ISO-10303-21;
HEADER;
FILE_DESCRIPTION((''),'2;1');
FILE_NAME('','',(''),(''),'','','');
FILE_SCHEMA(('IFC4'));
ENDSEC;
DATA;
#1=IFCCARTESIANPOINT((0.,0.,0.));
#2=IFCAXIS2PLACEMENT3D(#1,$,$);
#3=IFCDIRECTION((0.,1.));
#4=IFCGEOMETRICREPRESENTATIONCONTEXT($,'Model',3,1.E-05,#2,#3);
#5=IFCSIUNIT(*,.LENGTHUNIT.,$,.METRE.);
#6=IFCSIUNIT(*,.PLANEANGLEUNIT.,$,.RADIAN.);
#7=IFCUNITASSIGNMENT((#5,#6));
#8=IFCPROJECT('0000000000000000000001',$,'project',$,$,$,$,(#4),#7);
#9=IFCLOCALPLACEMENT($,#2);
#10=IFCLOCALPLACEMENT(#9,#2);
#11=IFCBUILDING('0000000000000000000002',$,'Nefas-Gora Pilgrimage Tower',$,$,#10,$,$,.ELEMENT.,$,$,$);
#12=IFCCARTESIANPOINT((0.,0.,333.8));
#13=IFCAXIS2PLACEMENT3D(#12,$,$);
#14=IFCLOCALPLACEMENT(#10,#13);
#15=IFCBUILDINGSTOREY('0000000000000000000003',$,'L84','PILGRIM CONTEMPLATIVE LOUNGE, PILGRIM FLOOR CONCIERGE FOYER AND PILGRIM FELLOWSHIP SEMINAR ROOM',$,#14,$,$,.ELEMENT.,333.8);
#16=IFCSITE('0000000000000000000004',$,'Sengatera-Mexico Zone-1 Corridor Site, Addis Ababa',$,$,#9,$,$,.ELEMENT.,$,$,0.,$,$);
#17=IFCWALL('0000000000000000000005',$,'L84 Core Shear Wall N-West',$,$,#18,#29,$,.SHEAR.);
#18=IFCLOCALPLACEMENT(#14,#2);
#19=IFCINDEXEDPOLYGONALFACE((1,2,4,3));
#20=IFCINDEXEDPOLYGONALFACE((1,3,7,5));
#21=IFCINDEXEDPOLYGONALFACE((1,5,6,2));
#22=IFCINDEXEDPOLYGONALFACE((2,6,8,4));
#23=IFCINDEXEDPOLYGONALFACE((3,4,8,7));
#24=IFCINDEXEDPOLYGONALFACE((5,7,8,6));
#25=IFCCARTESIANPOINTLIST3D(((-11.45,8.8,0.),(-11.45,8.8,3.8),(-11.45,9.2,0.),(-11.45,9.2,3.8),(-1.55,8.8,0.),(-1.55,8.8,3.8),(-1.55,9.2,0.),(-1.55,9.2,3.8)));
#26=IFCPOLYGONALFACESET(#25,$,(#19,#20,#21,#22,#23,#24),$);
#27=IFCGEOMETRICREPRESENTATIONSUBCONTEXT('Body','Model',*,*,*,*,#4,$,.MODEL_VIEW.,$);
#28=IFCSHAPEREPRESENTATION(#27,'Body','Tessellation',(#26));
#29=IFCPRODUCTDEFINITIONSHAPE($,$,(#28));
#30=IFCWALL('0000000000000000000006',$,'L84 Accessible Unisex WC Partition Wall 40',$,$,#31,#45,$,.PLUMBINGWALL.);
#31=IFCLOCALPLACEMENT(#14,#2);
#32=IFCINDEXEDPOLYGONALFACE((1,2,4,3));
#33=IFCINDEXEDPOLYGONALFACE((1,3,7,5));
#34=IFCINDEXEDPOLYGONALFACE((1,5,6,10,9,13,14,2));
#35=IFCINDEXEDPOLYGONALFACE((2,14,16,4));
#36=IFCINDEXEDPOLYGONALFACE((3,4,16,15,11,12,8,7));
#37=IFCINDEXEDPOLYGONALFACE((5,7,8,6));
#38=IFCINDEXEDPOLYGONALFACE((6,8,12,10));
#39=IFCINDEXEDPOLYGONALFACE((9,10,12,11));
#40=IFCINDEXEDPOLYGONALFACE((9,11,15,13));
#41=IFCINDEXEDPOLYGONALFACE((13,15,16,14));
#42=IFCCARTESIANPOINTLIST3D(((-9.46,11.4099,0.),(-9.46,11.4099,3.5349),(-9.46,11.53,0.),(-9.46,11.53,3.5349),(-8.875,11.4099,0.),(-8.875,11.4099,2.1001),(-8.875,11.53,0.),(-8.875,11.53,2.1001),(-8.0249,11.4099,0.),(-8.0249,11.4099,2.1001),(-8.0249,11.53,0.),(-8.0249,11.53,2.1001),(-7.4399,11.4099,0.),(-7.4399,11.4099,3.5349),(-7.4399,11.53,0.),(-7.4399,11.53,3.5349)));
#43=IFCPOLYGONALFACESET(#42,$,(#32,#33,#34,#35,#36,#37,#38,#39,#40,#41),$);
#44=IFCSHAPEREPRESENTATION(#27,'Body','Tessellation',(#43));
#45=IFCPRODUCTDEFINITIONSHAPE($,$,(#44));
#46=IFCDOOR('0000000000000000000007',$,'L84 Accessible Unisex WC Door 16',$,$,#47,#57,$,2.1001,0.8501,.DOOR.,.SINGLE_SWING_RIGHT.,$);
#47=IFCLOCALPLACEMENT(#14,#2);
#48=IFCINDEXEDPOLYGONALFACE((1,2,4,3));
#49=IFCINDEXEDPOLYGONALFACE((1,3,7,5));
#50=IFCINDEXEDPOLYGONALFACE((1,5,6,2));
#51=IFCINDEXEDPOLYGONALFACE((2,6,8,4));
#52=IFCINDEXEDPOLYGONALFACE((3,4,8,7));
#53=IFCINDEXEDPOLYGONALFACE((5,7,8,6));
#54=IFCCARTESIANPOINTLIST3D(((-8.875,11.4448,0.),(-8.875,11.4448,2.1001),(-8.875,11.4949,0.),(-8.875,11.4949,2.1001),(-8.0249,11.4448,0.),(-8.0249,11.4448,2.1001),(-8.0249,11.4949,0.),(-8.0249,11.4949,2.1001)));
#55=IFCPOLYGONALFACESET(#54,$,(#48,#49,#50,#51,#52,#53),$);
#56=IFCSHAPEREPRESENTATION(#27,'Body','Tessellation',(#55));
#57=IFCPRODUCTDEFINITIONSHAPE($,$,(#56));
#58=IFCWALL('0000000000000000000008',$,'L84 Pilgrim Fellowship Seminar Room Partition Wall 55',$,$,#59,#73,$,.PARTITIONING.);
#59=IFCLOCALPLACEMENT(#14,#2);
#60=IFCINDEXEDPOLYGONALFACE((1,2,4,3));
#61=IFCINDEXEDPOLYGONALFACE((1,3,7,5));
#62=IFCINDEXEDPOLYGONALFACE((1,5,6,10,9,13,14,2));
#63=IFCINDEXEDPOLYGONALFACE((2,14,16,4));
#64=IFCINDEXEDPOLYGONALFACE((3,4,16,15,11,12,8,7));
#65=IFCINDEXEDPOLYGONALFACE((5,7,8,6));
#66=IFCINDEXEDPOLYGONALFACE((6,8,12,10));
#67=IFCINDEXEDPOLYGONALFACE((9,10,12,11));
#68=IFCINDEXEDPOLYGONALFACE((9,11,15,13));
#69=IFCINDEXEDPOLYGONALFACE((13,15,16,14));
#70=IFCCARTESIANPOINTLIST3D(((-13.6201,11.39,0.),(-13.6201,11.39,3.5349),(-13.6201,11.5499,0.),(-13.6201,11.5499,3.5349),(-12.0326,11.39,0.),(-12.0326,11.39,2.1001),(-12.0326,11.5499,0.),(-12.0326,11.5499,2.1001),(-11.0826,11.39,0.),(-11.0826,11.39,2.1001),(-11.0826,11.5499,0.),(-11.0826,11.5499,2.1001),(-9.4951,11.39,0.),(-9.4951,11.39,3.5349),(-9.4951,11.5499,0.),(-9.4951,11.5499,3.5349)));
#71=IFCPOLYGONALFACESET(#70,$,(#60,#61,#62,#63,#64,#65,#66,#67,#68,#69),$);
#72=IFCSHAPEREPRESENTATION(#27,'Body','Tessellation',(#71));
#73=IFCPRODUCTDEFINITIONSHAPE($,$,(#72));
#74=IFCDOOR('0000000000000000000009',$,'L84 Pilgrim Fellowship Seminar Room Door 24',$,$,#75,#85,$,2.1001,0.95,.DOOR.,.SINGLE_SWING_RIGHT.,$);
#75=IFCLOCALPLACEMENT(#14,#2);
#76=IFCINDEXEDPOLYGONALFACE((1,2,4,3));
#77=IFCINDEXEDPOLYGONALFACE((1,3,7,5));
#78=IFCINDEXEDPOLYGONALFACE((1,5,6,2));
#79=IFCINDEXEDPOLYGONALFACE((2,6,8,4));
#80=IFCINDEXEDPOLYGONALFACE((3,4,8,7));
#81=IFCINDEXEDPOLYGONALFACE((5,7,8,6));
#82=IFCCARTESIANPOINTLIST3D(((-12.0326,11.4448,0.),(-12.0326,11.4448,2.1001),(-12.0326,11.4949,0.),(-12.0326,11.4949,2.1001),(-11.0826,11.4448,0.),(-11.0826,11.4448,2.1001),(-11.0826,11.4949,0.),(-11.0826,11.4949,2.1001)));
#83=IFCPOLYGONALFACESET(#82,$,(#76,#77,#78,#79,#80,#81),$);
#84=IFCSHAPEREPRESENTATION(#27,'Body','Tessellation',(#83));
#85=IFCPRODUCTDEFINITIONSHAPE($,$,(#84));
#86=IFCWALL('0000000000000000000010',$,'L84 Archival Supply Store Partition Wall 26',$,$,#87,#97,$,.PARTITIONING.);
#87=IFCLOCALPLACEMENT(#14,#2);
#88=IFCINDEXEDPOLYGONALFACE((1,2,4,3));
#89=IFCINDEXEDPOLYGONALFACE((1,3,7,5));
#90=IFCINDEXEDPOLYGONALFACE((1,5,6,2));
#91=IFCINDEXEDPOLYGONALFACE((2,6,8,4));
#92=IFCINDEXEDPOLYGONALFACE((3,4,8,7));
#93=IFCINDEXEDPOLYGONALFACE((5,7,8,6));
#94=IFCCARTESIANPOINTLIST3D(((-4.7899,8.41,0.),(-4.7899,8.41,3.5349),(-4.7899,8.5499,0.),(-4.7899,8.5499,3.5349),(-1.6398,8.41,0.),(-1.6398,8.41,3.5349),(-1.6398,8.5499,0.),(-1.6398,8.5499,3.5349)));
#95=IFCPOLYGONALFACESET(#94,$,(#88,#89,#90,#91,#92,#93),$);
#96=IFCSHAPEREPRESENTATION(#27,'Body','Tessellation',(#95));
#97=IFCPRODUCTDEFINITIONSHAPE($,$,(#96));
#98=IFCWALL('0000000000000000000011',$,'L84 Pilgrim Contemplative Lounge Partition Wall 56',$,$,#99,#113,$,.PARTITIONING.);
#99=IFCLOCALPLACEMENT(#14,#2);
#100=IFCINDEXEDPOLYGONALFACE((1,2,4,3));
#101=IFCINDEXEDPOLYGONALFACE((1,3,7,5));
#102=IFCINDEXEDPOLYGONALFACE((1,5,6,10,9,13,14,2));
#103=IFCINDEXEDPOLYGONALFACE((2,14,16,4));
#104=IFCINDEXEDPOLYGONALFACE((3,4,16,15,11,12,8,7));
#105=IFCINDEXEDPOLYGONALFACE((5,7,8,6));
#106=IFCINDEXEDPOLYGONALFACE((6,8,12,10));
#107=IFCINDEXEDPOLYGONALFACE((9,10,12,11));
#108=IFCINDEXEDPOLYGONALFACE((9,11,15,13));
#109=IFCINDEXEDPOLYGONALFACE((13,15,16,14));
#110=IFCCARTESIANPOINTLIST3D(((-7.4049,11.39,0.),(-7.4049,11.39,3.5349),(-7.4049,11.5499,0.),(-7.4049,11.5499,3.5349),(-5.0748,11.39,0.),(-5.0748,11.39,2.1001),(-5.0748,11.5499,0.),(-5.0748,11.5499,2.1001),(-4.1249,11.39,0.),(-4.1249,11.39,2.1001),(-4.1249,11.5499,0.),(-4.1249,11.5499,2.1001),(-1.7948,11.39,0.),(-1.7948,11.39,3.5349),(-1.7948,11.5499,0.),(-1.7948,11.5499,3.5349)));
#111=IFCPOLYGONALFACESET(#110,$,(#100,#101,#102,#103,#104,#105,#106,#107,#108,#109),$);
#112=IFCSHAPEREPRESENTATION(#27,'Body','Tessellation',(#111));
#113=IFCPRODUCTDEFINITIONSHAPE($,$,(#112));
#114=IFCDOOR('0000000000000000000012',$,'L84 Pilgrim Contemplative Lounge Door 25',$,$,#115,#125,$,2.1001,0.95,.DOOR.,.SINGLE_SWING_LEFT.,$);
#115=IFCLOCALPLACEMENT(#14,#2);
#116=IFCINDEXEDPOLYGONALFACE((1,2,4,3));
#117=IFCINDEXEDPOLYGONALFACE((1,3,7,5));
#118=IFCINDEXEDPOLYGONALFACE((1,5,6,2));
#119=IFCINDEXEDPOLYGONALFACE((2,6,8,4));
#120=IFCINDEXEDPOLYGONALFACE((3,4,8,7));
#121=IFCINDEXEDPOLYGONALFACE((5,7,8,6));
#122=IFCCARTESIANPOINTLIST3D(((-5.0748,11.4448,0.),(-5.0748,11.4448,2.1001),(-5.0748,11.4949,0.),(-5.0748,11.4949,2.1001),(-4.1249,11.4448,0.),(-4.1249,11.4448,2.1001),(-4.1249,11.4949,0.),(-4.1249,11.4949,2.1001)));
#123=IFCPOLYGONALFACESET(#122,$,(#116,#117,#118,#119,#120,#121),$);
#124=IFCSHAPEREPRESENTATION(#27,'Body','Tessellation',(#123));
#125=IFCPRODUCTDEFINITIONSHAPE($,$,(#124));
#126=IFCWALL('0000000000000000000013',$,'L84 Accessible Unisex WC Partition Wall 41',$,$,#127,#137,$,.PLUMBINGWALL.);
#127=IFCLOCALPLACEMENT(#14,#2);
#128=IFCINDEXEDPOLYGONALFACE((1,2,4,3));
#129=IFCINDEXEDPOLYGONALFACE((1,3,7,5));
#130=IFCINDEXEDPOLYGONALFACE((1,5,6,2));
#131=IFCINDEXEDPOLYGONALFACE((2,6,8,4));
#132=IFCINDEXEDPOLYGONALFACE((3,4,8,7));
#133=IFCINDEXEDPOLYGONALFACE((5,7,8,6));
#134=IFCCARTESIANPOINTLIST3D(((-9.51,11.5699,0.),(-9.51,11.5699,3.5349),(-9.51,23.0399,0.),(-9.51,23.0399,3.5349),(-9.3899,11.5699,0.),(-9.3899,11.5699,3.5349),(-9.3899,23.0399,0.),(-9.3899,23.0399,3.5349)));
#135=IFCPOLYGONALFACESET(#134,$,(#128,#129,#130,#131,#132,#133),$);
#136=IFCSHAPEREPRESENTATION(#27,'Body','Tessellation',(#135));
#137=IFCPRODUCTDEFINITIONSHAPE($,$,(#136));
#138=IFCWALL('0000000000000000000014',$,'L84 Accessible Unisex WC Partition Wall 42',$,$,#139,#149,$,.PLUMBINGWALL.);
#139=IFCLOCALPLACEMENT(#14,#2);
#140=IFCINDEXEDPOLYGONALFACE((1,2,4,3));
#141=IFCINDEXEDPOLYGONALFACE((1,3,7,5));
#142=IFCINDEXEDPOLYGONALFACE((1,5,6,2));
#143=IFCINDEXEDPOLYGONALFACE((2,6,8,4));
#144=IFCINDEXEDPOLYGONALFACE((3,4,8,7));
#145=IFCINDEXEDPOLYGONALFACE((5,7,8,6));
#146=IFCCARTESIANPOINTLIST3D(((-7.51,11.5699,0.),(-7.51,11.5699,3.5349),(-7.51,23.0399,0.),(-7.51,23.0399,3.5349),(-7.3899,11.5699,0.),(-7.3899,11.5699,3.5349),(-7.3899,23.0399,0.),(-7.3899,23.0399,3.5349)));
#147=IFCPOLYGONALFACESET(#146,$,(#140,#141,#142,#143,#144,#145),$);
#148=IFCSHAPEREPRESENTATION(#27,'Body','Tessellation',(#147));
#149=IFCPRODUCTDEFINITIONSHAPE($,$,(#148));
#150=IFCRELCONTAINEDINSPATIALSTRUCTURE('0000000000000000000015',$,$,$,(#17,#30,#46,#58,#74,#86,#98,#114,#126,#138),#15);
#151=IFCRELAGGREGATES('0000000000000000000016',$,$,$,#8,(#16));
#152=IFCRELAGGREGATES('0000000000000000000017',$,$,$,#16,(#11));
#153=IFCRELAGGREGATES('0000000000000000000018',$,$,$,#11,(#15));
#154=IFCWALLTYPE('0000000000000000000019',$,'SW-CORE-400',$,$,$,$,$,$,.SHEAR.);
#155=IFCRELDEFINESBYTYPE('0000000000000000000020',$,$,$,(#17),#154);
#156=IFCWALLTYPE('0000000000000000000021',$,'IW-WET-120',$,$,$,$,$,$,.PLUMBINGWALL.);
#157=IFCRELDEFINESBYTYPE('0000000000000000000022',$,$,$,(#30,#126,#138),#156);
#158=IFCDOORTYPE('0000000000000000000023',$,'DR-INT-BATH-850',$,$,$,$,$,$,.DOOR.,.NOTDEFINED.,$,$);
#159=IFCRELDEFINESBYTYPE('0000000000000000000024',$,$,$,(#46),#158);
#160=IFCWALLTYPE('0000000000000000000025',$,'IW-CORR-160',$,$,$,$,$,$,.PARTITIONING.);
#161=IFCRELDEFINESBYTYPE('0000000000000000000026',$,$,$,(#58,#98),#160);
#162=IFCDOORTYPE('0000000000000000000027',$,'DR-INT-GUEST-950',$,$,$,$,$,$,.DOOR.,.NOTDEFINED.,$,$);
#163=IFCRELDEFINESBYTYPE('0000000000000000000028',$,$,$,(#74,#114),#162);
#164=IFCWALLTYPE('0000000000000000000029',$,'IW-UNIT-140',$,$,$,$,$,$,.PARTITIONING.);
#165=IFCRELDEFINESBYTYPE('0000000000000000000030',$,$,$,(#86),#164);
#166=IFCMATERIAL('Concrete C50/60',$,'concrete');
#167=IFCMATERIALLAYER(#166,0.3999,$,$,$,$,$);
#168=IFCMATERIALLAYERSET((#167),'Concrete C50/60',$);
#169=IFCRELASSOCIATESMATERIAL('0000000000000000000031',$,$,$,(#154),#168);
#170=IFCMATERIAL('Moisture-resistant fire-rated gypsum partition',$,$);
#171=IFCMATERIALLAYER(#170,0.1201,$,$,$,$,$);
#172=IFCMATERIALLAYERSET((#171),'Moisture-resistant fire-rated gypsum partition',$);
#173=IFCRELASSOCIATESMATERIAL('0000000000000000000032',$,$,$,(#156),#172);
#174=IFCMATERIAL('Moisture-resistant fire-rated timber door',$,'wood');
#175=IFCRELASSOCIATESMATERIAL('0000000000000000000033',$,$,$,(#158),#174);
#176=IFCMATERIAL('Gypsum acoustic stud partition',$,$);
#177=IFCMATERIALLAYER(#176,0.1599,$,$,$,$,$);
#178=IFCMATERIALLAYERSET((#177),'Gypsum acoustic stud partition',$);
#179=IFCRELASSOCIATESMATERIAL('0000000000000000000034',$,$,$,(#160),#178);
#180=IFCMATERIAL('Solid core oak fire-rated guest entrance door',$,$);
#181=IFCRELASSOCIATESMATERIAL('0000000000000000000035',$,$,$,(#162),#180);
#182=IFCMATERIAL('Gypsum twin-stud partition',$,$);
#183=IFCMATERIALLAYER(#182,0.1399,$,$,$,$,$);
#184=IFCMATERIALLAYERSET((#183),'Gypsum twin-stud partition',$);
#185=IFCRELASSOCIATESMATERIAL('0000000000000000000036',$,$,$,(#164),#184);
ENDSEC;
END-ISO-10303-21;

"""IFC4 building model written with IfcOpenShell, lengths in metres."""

from ifc_helpers import new_model, si_unit, direction, frame, frame_2d, origin, place, context, subcontext, project, spatial, rectangle, extrude, source, transform, mapped, material, layer, layer_set, type_object, element, fill, save


model = new_model("IFC4")

# Units and contexts
model_context = context("Model", 3, precision=1e-05, world=origin(), true_north=direction((0.0, 1.0)))
body_context = subcontext(model_context, "Body", "Model", "MODEL_VIEW")
ifc_project = project(units=[si_unit("LENGTHUNIT", "METRE"), si_unit("PLANEANGLEUNIT", "RADIAN")], contexts=[model_context])

# Site, building, storey
site_placement = place(None, origin())
site = spatial("IfcSite", under=ifc_project, at=site_placement, Name="Sengatera-Mexico Zone-1 Corridor Site, Addis Ababa", CompositionType="ELEMENT", RefElevation=0.0)
building_placement = place(site_placement, origin())
building = spatial("IfcBuilding", under=site, at=building_placement, Name="Nefas-Gora Pilgrimage Tower", CompositionType="ELEMENT")
storey_placement = place(building_placement, frame((0.0, 0.0, 333.8)))
storey = spatial("IfcBuildingStorey", under=building, at=storey_placement, Name="L84", Description="PILGRIM CONTEMPLATIVE LOUNGE, PILGRIM FLOOR CONCIERGE FOYER AND PILGRIM FELLOWSHIP SEMINAR ROOM", CompositionType="ELEMENT", Elevation=333.8)

# Shared definitions
ifc_material_1 = material(Name="Concrete C50/60", Category="concrete")

# Wall
ifc_layer_1 = layer(ifc_material_1, 0.3999)
ifc_layer_set_1 = layer_set([ifc_layer_1], Name="Concrete C50/60")
wall_type_1 = type_object("IfcWallType", Name="SW-CORE-400", PredefinedType="SHEAR", material=ifc_layer_set_1)
shared_shape_1 = source(origin(), body_context, "Body", "SweptSolid", [
    extrude(rectangle(XDim=9.8999, YDim=0.3999, at=frame_2d((4.95, 0.0))), origin(), (0.0, 0.0, 1.0), 3.8),
])
wall_1_placement = place(storey_placement, frame((-11.45, 9.0, 0.0), z_axis=(0.0, 0.0, 1.0), x_axis=(1.0, 0.0, 0.0)))
element("IfcWall", 1, at=wall_1_placement, inside=storey, type_object=wall_type_1, Name="L84 Core Shear Wall N-West", PredefinedType="SHEAR", context=body_context, shape_type="MappedRepresentation", body=[
    mapped(shared_shape_1, transform((0.0, 0.0, 0.0), x_axis=(1.0, 0.0, 0.0), y_axis=(0.0, 1.0, 0.0), z_axis=(0.0, 0.0, 1.0), scale=1.0)),
])

# Walls, openings, doors
ifc_material_2 = material(Name="Moisture-resistant fire-rated gypsum partition")
ifc_layer_2 = layer(ifc_material_2, 0.1201)
ifc_layer_set_2 = layer_set([ifc_layer_2], Name="Moisture-resistant fire-rated gypsum partition")
wall_type_2 = type_object("IfcWallType", Name="IW-WET-120", PredefinedType="PLUMBINGWALL", material=ifc_layer_set_2)
shared_shape_2 = source(origin(), body_context, "Body", "SweptSolid", [
    extrude(rectangle(XDim=2.02, YDim=0.1201, at=frame_2d((1.01, 0.0))), origin(), (0.0, 0.0, 1.0), 3.5349),
])
wall_2_placement = place(storey_placement, frame((-9.46, 11.47, 0.0), z_axis=(0.0, 0.0, 1.0), x_axis=(1.0, 0.0, 0.0)))
wall_2 = element("IfcWall", 2, at=wall_2_placement, inside=storey, type_object=wall_type_2, Name="L84 Accessible Unisex WC Partition Wall 40", PredefinedType="PLUMBINGWALL", context=body_context, shape_type="MappedRepresentation", body=[
    mapped(shared_shape_2, transform((0.0, 0.0, 0.0), x_axis=(1.0, 0.0, 0.0), y_axis=(0.0, 1.0, 0.0), z_axis=(0.0, 0.0, 1.0), scale=1.0)),
])
opening_1_placement = place(wall_2_placement, frame((0.585, 0.0, 0.0)))
opening_1 = element("IfcOpeningElement", 3, at=opening_1_placement, cuts=wall_2, PredefinedType="OPENING", context=body_context, shape_type="SweptSolid", body=[
    extrude(rectangle(XDim=0.8501, YDim=2.1001, at=frame_2d((0.425, 1.05))), frame((0.0, 0.0701, 0.0), z_axis=(0.0, -1.0, 0.0), x_axis=(1.0, 0.0, 0.0)), (0.0, 0.0, 1.0), 0.1401),
])
ifc_material_3 = material(Name="Moisture-resistant fire-rated timber door", Category="wood")
door_type_1 = type_object("IfcDoorType", Name="DR-INT-BATH-850", OperationType="NOTDEFINED", PredefinedType="DOOR", material=ifc_material_3)
shared_shape_3 = source(origin(), body_context, "Body", "SweptSolid", [
    extrude(rectangle(XDim=0.8501, YDim=2.1001, at=frame_2d((0.425, 1.05))), frame((0.0, 0.0249, 0.0), z_axis=(0.0, -1.0, 0.0), x_axis=(1.0, 0.0, 0.0)), (0.0, 0.0, 1.0), 0.05),
])
door_1_placement = place(opening_1_placement, origin())
door_1 = element("IfcDoor", 4, at=door_1_placement, inside=storey, type_object=door_type_1, Name="L84 Accessible Unisex WC Door 16", OperationType="SINGLE_SWING_RIGHT", OverallHeight=2.1001, OverallWidth=0.8501, PredefinedType="DOOR", context=body_context, shape_type="MappedRepresentation", body=[
    mapped(shared_shape_3, transform((0.0, 0.0, 0.0), x_axis=(1.0, 0.0, 0.0), y_axis=(0.0, 1.0, 0.0), z_axis=(0.0, 0.0, 1.0), scale=1.0)),
])
fill(opening_1, door_1)
ifc_material_4 = material(Name="Gypsum acoustic stud partition")
ifc_layer_3 = layer(ifc_material_4, 0.1599)
ifc_layer_set_3 = layer_set([ifc_layer_3], Name="Gypsum acoustic stud partition")
wall_type_3 = type_object("IfcWallType", Name="IW-CORR-160", PredefinedType="PARTITIONING", material=ifc_layer_set_3)
shared_shape_4 = source(origin(), body_context, "Body", "SweptSolid", [
    extrude(rectangle(XDim=4.125, YDim=0.1599, at=frame_2d((2.0625, 0.0))), origin(), (0.0, 0.0, 1.0), 3.5349),
])
wall_3_placement = place(storey_placement, frame((-13.6201, 11.47, 0.0), z_axis=(0.0, 0.0, 1.0), x_axis=(1.0, 0.0, 0.0)))
wall_3 = element("IfcWall", 5, at=wall_3_placement, inside=storey, type_object=wall_type_3, Name="L84 Pilgrim Fellowship Seminar Room Partition Wall 55", PredefinedType="PARTITIONING", context=body_context, shape_type="MappedRepresentation", body=[
    mapped(shared_shape_4, transform((0.0, 0.0, 0.0), x_axis=(1.0, 0.0, 0.0), y_axis=(0.0, 1.0, 0.0), z_axis=(0.0, 0.0, 1.0), scale=1.0)),
])
opening_2_placement = place(wall_3_placement, frame((1.5874, 0.0, 0.0)))
opening_2 = element("IfcOpeningElement", 6, at=opening_2_placement, cuts=wall_3, PredefinedType="OPENING", context=body_context, shape_type="SweptSolid", body=[
    extrude(rectangle(XDim=0.95, YDim=2.1001, at=frame_2d((0.4751, 1.05))), frame((0.0, 0.0898, 0.0), z_axis=(0.0, -1.0, 0.0), x_axis=(1.0, 0.0, 0.0)), (0.0, 0.0, 1.0), 0.1799),
])
ifc_material_5 = material(Name="Solid core oak fire-rated guest entrance door")
door_type_2 = type_object("IfcDoorType", Name="DR-INT-GUEST-950", OperationType="NOTDEFINED", PredefinedType="DOOR", material=ifc_material_5)
shared_shape_5 = source(origin(), body_context, "Body", "SweptSolid", [
    extrude(rectangle(XDim=0.95, YDim=2.1001, at=frame_2d((0.4751, 1.05))), frame((0.0, 0.0249, 0.0), z_axis=(0.0, -1.0, 0.0), x_axis=(1.0, 0.0, 0.0)), (0.0, 0.0, 1.0), 0.05),
])
door_2_placement = place(opening_2_placement, origin())
door_2 = element("IfcDoor", 7, at=door_2_placement, inside=storey, type_object=door_type_2, Name="L84 Pilgrim Fellowship Seminar Room Door 24", OperationType="SINGLE_SWING_RIGHT", OverallHeight=2.1001, OverallWidth=0.95, PredefinedType="DOOR", context=body_context, shape_type="MappedRepresentation", body=[
    mapped(shared_shape_5, transform((0.0, 0.0, 0.0), x_axis=(1.0, 0.0, 0.0), y_axis=(0.0, 1.0, 0.0), z_axis=(0.0, 0.0, 1.0), scale=1.0)),
])
fill(opening_2, door_2)

# Wall
ifc_material_6 = material(Name="Gypsum twin-stud partition")
ifc_layer_4 = layer(ifc_material_6, 0.1399)
ifc_layer_set_4 = layer_set([ifc_layer_4], Name="Gypsum twin-stud partition")
wall_type_4 = type_object("IfcWallType", Name="IW-UNIT-140", PredefinedType="PARTITIONING", material=ifc_layer_set_4)
shared_shape_6 = source(origin(), body_context, "Body", "SweptSolid", [
    extrude(rectangle(XDim=3.1501, YDim=0.1399, at=frame_2d((1.5752, 0.0))), origin(), (0.0, 0.0, 1.0), 3.5349),
])
wall_4_placement = place(storey_placement, frame((-4.79, 8.48, 0.0), z_axis=(0.0, 0.0, 1.0), x_axis=(1.0, 0.0, 0.0)))
element("IfcWall", 8, at=wall_4_placement, inside=storey, type_object=wall_type_4, Name="L84 Archival Supply Store Partition Wall 26", PredefinedType="PARTITIONING", context=body_context, shape_type="MappedRepresentation", body=[
    mapped(shared_shape_6, transform((0.0, 0.0, 0.0), x_axis=(1.0, 0.0, 0.0), y_axis=(0.0, 1.0, 0.0), z_axis=(0.0, 0.0, 1.0), scale=1.0)),
])

# Wall, opening, door
shared_shape_7 = source(origin(), body_context, "Body", "SweptSolid", [
    extrude(rectangle(XDim=5.6101, YDim=0.1599, at=frame_2d((2.8052, 0.0))), origin(), (0.0, 0.0, 1.0), 3.5349),
])
wall_5_placement = place(storey_placement, frame((-7.405, 11.47, 0.0), z_axis=(0.0, 0.0, 1.0), x_axis=(1.0, 0.0, 0.0)))
wall_5 = element("IfcWall", 9, at=wall_5_placement, inside=storey, type_object=wall_type_3, Name="L84 Pilgrim Contemplative Lounge Partition Wall 56", PredefinedType="PARTITIONING", context=body_context, shape_type="MappedRepresentation", body=[
    mapped(shared_shape_7, transform((0.0, 0.0, 0.0), x_axis=(1.0, 0.0, 0.0), y_axis=(0.0, 1.0, 0.0), z_axis=(0.0, 0.0, 1.0), scale=1.0)),
])
opening_3_placement = place(wall_5_placement, frame((2.3301, 0.0, 0.0)))
opening_3 = element("IfcOpeningElement", 10, at=opening_3_placement, cuts=wall_5, PredefinedType="OPENING", context=body_context, shape_type="SweptSolid", body=[
    extrude(rectangle(XDim=0.95, YDim=2.1001, at=frame_2d((0.4751, 1.05))), frame((0.0, 0.0898, 0.0), z_axis=(0.0, -1.0, 0.0), x_axis=(1.0, 0.0, 0.0)), (0.0, 0.0, 1.0), 0.1799),
])
door_3_placement = place(opening_3_placement, origin())
door_3 = element("IfcDoor", 11, at=door_3_placement, inside=storey, type_object=door_type_2, Name="L84 Pilgrim Contemplative Lounge Door 25", OperationType="SINGLE_SWING_LEFT", OverallHeight=2.1001, OverallWidth=0.95, PredefinedType="DOOR", context=body_context, shape_type="MappedRepresentation", body=[
    mapped(shared_shape_5, transform((0.0, 0.0, 0.0), x_axis=(1.0, 0.0, 0.0), y_axis=(0.0, 1.0, 0.0), z_axis=(0.0, 0.0, 1.0), scale=1.0)),
])
fill(opening_3, door_3)

# Walls
shared_shape_8 = source(origin(), body_context, "Body", "SweptSolid", [
    extrude(rectangle(XDim=11.47, YDim=0.1201, at=frame_2d((5.7349, 0.0))), origin(), (0.0, 0.0, 1.0), 3.5349),
])
for number, where, z_axis, x_axis, name in (
    (12, (-9.45, 11.5701, 0.0), (0.0, 0.0, 1.0), (0.0, 1.0, 0.0), "L84 Accessible Unisex WC Partition Wall 41"),
    (13, (-7.45, 11.5701, 0.0), (0.0, 0.0, 1.0), (0.0, 1.0, 0.0), "L84 Accessible Unisex WC Partition Wall 42"),
):
    element("IfcWall", number, at=place(storey_placement, frame(where, z_axis=z_axis, x_axis=x_axis)), inside=storey, type_object=wall_type_2, Name=name, PredefinedType="PLUMBINGWALL", context=body_context, shape_type="MappedRepresentation", body=[
        mapped(shared_shape_8, transform((0.0, 0.0, 0.0), x_axis=(1.0, 0.0, 0.0), y_axis=(0.0, 1.0, 0.0), z_axis=(0.0, 0.0, 1.0), scale=1.0)),
    ])

save(model, "model.ifc")
